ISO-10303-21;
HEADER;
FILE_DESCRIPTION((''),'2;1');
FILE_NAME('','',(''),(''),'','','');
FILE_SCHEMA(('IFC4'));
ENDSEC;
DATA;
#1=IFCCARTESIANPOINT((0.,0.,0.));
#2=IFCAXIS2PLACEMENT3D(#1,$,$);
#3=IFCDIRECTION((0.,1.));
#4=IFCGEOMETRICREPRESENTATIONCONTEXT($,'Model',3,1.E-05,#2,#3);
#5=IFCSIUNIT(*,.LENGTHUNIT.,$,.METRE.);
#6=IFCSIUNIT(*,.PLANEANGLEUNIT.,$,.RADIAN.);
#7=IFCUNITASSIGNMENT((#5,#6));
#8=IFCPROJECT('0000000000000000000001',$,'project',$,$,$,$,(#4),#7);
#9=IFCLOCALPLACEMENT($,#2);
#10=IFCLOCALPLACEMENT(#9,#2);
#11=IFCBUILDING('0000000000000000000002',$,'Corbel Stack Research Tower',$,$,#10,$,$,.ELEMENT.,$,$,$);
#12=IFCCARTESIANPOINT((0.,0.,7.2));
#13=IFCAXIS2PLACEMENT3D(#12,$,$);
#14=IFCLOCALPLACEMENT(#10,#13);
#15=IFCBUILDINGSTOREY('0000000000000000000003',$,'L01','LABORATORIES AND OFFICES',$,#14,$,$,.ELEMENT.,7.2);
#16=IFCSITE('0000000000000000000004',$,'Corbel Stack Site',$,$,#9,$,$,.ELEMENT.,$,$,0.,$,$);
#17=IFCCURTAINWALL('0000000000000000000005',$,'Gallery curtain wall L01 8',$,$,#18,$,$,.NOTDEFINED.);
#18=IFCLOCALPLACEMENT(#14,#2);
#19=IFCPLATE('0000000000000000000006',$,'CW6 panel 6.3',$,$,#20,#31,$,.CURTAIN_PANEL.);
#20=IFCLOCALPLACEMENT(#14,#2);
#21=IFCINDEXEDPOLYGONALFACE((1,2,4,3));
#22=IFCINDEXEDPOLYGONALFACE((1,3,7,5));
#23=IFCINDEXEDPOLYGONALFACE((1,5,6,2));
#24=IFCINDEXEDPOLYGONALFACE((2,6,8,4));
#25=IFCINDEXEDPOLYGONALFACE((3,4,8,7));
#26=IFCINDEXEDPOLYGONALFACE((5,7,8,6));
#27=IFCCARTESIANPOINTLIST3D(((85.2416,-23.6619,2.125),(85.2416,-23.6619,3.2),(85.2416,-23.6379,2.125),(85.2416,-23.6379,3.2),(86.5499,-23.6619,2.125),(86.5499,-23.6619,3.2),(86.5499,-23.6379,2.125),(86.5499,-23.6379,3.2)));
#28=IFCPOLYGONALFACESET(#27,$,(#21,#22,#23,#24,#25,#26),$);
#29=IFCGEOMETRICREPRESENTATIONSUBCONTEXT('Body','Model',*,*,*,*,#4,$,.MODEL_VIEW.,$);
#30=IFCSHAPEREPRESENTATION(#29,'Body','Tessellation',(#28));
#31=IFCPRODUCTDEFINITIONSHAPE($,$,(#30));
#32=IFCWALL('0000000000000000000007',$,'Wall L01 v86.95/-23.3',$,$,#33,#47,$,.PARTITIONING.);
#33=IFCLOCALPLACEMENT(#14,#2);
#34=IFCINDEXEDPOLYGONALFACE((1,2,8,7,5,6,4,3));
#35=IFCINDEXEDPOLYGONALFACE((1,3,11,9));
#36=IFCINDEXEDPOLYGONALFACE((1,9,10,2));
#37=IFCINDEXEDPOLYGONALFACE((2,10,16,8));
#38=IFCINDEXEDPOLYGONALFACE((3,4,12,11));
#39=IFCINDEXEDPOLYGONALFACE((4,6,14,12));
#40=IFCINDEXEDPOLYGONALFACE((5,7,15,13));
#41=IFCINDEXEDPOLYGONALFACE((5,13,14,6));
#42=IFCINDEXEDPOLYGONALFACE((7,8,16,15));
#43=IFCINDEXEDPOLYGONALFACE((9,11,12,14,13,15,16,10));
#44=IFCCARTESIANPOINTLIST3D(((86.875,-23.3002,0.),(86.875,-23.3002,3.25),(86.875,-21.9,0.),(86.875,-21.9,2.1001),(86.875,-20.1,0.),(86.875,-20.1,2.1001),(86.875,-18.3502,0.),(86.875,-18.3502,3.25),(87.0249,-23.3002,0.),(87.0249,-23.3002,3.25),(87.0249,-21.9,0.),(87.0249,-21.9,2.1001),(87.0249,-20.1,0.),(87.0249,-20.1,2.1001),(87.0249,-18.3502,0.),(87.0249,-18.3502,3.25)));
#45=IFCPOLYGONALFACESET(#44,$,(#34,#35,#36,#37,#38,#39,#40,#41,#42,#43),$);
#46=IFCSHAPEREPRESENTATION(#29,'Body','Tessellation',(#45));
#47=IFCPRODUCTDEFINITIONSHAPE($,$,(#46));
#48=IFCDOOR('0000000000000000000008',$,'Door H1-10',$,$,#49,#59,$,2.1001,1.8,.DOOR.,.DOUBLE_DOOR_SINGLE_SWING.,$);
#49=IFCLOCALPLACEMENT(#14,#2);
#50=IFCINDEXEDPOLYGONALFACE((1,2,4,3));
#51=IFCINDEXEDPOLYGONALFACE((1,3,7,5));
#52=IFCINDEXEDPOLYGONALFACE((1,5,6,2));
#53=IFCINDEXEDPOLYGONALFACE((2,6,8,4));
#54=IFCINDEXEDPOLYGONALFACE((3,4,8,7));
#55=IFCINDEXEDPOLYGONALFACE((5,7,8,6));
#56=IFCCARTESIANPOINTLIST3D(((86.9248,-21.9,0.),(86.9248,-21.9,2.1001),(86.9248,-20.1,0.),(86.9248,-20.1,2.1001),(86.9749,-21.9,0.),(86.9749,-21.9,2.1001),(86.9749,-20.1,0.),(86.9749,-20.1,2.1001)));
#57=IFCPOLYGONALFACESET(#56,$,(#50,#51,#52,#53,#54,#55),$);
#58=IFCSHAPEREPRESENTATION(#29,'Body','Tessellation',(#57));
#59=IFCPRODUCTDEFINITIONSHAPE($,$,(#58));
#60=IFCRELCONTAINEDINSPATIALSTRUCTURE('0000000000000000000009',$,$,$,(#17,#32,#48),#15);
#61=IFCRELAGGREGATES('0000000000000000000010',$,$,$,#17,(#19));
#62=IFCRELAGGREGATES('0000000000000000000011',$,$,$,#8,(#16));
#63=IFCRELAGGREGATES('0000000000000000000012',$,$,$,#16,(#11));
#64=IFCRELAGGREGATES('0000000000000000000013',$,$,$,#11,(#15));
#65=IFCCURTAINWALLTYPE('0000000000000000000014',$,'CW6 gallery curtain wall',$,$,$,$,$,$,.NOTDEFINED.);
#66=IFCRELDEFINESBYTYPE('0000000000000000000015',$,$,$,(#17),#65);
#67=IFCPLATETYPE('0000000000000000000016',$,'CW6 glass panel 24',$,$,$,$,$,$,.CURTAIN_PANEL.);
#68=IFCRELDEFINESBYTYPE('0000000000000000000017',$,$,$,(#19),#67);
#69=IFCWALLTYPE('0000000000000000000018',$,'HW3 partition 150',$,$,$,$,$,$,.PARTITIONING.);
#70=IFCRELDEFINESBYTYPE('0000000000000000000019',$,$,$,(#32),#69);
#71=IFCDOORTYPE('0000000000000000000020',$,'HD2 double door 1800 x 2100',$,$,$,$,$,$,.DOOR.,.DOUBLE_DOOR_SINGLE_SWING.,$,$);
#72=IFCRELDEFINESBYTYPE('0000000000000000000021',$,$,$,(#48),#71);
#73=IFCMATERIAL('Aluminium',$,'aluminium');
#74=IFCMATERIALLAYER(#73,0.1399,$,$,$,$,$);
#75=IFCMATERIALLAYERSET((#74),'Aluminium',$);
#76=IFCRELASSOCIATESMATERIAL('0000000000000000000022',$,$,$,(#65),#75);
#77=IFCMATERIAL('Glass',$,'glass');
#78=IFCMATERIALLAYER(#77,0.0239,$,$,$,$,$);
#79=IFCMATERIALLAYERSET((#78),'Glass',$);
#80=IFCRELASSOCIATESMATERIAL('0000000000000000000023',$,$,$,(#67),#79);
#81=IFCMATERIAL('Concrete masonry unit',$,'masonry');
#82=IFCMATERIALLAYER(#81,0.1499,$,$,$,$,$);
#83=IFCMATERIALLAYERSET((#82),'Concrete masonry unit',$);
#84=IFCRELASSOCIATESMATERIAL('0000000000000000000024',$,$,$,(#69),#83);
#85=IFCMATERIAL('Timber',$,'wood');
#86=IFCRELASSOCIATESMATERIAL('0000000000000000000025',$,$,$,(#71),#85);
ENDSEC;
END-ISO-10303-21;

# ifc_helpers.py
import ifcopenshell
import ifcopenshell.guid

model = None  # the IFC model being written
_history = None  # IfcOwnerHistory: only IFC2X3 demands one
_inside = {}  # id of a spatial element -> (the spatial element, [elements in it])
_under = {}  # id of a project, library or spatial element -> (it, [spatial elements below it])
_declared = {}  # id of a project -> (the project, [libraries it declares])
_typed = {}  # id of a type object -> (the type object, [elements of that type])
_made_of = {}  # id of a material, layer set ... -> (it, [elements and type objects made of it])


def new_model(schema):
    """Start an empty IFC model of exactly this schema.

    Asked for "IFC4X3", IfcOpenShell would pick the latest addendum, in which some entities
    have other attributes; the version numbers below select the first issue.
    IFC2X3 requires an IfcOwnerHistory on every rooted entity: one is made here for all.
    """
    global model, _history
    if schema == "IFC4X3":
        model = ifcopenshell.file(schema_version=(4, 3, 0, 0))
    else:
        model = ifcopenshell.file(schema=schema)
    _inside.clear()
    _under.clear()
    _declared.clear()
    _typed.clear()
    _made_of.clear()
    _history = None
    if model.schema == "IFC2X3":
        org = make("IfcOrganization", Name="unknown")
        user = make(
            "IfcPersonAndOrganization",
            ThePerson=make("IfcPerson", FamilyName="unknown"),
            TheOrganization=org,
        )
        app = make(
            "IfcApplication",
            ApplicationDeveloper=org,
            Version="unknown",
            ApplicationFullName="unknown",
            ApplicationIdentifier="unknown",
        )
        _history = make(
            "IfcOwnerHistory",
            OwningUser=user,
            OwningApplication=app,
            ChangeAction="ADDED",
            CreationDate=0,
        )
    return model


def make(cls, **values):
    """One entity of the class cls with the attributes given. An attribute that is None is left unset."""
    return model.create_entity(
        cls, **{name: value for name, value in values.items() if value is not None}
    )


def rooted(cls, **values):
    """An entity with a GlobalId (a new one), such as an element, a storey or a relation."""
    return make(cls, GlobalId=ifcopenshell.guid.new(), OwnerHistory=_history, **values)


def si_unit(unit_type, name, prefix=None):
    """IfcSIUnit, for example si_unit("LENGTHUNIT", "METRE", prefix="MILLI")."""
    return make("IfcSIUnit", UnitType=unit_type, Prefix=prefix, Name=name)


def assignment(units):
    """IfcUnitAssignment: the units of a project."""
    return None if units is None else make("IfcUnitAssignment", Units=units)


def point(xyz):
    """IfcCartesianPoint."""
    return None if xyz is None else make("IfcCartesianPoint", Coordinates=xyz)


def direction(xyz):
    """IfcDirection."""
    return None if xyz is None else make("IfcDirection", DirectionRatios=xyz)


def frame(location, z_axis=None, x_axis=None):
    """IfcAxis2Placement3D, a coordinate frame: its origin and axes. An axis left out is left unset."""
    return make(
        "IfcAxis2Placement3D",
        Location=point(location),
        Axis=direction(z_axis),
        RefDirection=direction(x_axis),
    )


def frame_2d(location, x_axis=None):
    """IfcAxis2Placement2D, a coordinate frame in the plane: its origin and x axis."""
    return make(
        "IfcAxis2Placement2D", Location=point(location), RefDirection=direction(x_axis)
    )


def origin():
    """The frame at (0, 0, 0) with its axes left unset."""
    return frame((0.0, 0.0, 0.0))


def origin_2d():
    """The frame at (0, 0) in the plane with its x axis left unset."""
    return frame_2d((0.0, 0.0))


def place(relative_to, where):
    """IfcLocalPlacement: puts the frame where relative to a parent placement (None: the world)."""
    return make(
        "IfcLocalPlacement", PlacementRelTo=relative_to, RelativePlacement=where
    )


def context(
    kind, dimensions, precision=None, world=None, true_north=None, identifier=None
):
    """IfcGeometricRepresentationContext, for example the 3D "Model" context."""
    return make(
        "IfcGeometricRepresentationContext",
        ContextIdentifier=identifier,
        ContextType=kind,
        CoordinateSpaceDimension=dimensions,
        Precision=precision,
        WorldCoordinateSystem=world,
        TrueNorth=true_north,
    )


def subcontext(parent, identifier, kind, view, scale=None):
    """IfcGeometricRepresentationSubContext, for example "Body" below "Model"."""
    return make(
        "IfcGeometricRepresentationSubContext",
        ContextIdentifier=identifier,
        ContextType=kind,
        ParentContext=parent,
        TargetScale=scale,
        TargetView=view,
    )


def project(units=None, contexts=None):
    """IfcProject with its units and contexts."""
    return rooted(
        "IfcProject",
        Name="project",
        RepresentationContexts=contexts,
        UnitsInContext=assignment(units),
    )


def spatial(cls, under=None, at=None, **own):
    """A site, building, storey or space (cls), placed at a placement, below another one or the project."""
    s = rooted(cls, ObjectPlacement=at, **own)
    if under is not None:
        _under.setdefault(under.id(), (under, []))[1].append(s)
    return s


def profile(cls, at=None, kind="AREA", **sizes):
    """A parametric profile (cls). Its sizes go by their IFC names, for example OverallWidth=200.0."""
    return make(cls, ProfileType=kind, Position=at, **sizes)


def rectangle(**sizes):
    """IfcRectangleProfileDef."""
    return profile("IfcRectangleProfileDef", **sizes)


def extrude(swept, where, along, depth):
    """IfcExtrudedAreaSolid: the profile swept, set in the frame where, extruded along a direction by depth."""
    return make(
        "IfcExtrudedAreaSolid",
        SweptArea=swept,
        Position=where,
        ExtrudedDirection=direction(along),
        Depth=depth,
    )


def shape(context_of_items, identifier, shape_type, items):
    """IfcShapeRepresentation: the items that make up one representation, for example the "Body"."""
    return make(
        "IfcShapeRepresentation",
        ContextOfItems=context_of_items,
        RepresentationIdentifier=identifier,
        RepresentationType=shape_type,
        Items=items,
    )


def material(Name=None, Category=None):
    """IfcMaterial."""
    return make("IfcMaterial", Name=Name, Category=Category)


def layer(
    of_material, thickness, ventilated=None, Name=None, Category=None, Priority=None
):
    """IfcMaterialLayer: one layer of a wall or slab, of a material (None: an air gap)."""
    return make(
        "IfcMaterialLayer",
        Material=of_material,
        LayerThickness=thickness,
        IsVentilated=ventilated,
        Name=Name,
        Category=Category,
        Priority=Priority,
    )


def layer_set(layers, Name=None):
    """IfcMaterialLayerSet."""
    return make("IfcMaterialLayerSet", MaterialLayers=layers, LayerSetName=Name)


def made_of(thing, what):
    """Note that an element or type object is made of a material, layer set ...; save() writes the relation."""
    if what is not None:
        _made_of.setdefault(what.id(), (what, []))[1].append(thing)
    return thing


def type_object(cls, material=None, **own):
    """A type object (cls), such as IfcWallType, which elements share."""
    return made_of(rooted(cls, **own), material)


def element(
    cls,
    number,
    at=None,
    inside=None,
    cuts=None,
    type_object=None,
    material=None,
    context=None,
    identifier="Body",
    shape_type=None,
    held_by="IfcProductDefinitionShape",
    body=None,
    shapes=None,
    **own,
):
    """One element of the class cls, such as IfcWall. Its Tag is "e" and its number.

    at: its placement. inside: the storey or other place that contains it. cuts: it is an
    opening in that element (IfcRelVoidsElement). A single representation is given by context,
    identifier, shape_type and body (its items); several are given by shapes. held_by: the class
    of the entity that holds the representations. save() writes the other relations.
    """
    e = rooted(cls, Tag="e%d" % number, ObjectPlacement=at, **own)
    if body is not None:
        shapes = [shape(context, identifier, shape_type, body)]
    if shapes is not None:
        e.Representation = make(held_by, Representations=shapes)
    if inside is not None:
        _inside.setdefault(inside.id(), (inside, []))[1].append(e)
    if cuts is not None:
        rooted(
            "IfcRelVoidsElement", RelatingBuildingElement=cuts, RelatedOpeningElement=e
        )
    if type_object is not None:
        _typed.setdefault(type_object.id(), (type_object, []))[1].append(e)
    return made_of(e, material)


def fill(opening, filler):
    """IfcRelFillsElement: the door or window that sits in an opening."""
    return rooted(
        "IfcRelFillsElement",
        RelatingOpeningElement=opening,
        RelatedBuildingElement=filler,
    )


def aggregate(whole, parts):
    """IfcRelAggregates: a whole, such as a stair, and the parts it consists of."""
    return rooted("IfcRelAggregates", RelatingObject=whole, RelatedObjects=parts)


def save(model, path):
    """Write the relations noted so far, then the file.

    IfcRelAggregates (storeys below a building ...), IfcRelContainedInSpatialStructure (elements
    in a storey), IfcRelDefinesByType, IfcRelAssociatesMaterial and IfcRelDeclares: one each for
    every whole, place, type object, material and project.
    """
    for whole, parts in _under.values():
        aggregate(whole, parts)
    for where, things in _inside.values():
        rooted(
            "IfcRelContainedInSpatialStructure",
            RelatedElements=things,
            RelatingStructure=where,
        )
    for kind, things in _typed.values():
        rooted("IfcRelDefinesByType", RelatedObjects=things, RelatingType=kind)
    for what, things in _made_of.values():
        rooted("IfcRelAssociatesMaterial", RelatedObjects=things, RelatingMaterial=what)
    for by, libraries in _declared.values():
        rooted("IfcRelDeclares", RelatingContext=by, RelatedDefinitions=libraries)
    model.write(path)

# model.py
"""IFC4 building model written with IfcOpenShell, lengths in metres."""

from ifc_helpers import new_model, si_unit, direction, frame, frame_2d, origin, origin_2d, place, context, subcontext, project, spatial, rectangle, extrude, material, layer, layer_set, type_object, element, fill, aggregate, save


model = new_model("IFC4")

# Units and contexts
model_context = context("Model", 3, precision=1e-05, world=origin(), true_north=direction((0.0, 1.0)))
body_context = subcontext(model_context, "Body", "Model", "MODEL_VIEW")
ifc_project = project(units=[si_unit("LENGTHUNIT", "METRE"), si_unit("PLANEANGLEUNIT", "RADIAN")], contexts=[model_context])

# Site, building, storey
site_placement = place(None, origin())
site = spatial("IfcSite", under=ifc_project, at=site_placement, Name="Corbel Stack Site", CompositionType="ELEMENT", RefElevation=0.0)
building_placement = place(site_placement, origin())
building = spatial("IfcBuilding", under=site, at=building_placement, Name="Corbel Stack Research Tower", CompositionType="ELEMENT")
storey_placement = place(building_placement, frame((0.0, 0.0, 7.2)))
storey = spatial("IfcBuildingStorey", under=building, at=storey_placement, Name="L01", Description="LABORATORIES AND OFFICES", CompositionType="ELEMENT", Elevation=7.2)

# Curtain wall
ifc_material_1 = material(Name="Aluminium", Category="aluminium")
ifc_layer_1 = layer(ifc_material_1, 0.1399)
ifc_layer_set_1 = layer_set([ifc_layer_1], Name="Aluminium")
curtain_wall_type = type_object("IfcCurtainWallType", Name="CW6 gallery curtain wall", PredefinedType="NOTDEFINED", material=ifc_layer_set_1)
curtain_wall_placement = place(storey_placement, origin())
curtain_wall = element("IfcCurtainWall", 1, at=curtain_wall_placement, inside=storey, type_object=curtain_wall_type, Name="Gallery curtain wall L01 8", PredefinedType="NOTDEFINED")

# Plate
ifc_material_2 = material(Name="Glass", Category="glass")
ifc_layer_2 = layer(ifc_material_2, 0.0239)
ifc_layer_set_2 = layer_set([ifc_layer_2], Name="Glass")
plate_type = type_object("IfcPlateType", Name="CW6 glass panel 24", PredefinedType="CURTAIN_PANEL", material=ifc_layer_set_2)
plate_1_placement = place(storey_placement, frame((85.8958, -23.6499, 2.125), z_axis=(0.0, 0.0, 1.0), x_axis=(1.0, 0.0, 0.0)))
plate_1 = element("IfcPlate", 2, at=plate_1_placement, type_object=plate_type, Name="CW6 panel 6.3", PredefinedType="CURTAIN_PANEL", context=body_context, shape_type="SweptSolid", body=[
    extrude(rectangle(XDim=1.3083, YDim=0.0239, at=origin_2d()), origin(), (0.0, 0.0, 1.0), 1.075),
])
aggregate(curtain_wall, [plate_1])

# Wall, opening, door
ifc_material_3 = material(Name="Concrete masonry unit", Category="masonry")
ifc_layer_3 = layer(ifc_material_3, 0.1499)
ifc_layer_set_3 = layer_set([ifc_layer_3], Name="Concrete masonry unit")
wall_type = type_object("IfcWallType", Name="HW3 partition 150", PredefinedType="PARTITIONING", material=ifc_layer_set_3)
wall_placement = place(storey_placement, frame((86.95, -18.3501, 0.0), z_axis=(0.0, 0.0, 1.0), x_axis=(0.0, -1.0, 0.0)))
wall = element("IfcWall", 3, at=wall_placement, inside=storey, type_object=wall_type, Name="Wall L01 v86.95/-23.3", PredefinedType="PARTITIONING", context=body_context, shape_type="SweptSolid", body=[
    extrude(rectangle(XDim=4.95, YDim=0.1499, at=frame_2d((2.4751, 0.0))), origin(), (0.0, 0.0, 1.0), 3.25),
])
opening_placement = place(wall_placement, frame((1.75, 0.0, 0.0)))
opening = element("IfcOpeningElement", 4, at=opening_placement, cuts=wall, PredefinedType="OPENING", context=body_context, shape_type="SweptSolid", body=[
    extrude(rectangle(XDim=1.8, YDim=2.1001, at=frame_2d((0.8999, 1.05))), frame((0.0, 0.085, 0.0), z_axis=(0.0, -1.0, 0.0), x_axis=(1.0, 0.0, 0.0)), (0.0, 0.0, 1.0), 0.1699),
])
ifc_material_4 = material(Name="Timber", Category="wood")
door_type = type_object("IfcDoorType", Name="HD2 double door 1800 x 2100", OperationType="DOUBLE_DOOR_SINGLE_SWING", PredefinedType="DOOR", material=ifc_material_4)
door_placement = place(opening_placement, origin())
door = element("IfcDoor", 5, at=door_placement, inside=storey, type_object=door_type, Name="Door H1-10", OperationType="DOUBLE_DOOR_SINGLE_SWING", OverallHeight=2.1001, OverallWidth=1.8, PredefinedType="DOOR", context=body_context, shape_type="SweptSolid", body=[
    extrude(rectangle(XDim=1.8, YDim=2.1001, at=frame_2d((0.8999, 1.05))), frame((0.0, 0.0249, 0.0), z_axis=(0.0, -1.0, 0.0), x_axis=(1.0, 0.0, 0.0)), (0.0, 0.0, 1.0), 0.05),
])
fill(opening, door)

save(model, "model.ifc")
